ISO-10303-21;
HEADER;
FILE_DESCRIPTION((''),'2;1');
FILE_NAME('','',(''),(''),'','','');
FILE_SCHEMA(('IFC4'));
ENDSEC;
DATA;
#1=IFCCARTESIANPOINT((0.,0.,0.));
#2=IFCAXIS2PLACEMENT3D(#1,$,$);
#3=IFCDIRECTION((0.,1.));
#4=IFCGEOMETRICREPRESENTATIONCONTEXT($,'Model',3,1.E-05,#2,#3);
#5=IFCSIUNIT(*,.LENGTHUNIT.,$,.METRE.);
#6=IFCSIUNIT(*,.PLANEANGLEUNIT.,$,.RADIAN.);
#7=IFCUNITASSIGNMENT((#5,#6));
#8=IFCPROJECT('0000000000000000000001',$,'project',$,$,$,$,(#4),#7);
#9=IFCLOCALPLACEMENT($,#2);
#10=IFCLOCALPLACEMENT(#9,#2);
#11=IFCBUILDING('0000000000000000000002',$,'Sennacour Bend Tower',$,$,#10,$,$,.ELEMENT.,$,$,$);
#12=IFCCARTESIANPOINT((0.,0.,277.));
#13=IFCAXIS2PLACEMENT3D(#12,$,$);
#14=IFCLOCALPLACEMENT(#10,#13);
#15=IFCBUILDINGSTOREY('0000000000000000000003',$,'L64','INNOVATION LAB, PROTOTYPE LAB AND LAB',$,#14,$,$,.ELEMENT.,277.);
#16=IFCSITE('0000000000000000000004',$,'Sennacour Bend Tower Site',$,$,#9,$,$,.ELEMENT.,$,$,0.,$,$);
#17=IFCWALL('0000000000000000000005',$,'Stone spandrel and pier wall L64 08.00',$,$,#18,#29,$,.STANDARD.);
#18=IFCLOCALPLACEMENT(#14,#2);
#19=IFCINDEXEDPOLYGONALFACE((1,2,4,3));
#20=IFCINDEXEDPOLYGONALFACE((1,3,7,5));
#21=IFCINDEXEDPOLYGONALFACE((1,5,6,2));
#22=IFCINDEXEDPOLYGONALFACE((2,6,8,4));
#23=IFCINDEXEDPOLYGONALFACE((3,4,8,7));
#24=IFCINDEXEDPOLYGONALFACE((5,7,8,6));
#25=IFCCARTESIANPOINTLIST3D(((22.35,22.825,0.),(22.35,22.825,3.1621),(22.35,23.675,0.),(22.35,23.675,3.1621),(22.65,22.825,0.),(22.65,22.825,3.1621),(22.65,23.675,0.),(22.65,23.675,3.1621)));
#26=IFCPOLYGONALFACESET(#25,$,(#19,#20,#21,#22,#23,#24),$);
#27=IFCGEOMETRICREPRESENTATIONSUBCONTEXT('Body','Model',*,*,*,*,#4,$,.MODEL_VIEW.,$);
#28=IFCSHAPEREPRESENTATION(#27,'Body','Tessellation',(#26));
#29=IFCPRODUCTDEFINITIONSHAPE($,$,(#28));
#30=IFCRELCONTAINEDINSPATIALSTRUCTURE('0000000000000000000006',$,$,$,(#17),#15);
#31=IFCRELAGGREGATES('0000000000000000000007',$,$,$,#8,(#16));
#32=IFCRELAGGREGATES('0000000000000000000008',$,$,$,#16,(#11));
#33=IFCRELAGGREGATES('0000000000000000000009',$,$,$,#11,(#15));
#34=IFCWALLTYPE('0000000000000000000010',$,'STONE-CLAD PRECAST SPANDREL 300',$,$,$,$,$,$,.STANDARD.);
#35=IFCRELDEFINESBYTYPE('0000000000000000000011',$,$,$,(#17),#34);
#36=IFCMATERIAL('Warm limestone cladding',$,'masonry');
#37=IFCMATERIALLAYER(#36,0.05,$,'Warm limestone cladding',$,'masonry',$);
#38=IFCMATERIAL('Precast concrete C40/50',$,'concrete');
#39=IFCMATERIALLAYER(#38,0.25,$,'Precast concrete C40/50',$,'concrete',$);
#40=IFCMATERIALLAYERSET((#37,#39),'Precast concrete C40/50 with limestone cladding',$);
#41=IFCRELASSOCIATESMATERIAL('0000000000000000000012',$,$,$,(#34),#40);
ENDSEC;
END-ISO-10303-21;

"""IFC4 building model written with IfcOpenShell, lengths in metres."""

from ifc_helpers import new_model, si_unit, direction, frame, frame_2d, origin, place, context, subcontext, project, spatial, rectangle, extrude, material, layer, layer_set, type_object, element, save


model = new_model("IFC4")

# Units and contexts
model_context = context("Model", 3, precision=1e-05, world=origin(), true_north=direction((0.0, 1.0)))
body_context = subcontext(model_context, "Body", "Model", "MODEL_VIEW")
ifc_project = project(units=[si_unit("LENGTHUNIT", "METRE"), si_unit("PLANEANGLEUNIT", "RADIAN")], contexts=[model_context])

# Site, building, storey
site_placement = place(None, origin())
site = spatial("IfcSite", under=ifc_project, at=site_placement, Name="Sennacour Bend Tower Site", CompositionType="ELEMENT", RefElevation=0.0)
building_placement = place(site_placement, origin())
building = spatial("IfcBuilding", under=site, at=building_placement, Name="Sennacour Bend Tower", CompositionType="ELEMENT")
storey_placement = place(building_placement, frame((0.0, 0.0, 277.0)))
storey = spatial("IfcBuildingStorey", under=building, at=storey_placement, Name="L64", Description="INNOVATION LAB, PROTOTYPE LAB AND LAB", CompositionType="ELEMENT", Elevation=277.0)

# Shared definitions
ifc_material_1 = material(Name="Warm limestone cladding", Category="masonry")
ifc_layer_1 = layer(ifc_material_1, 0.05, Name="Warm limestone cladding", Category="masonry")
ifc_material_2 = material(Name="Precast concrete C40/50", Category="concrete")
ifc_layer_2 = layer(ifc_material_2, 0.25, Name="Precast concrete C40/50", Category="concrete")
ifc_layer_set_1 = layer_set([ifc_layer_1, ifc_layer_2], Name="Precast concrete C40/50 with limestone cladding")
wall_type_1 = type_object("IfcWallType", Name="STONE-CLAD PRECAST SPANDREL 300", PredefinedType="STANDARD", material=ifc_layer_set_1)

# Wall
wall_1_placement = place(storey_placement, frame((22.5, 23.675, 0.0), z_axis=(0.0, 0.0, 1.0), x_axis=(0.0, -1.0, 0.0)))
element("IfcWall", 1, at=wall_1_placement, inside=storey, type_object=wall_type_1, Name="Stone spandrel and pier wall L64 08.00", PredefinedType="STANDARD", context=body_context, shape_type="SweptSolid", body=[
    extrude(rectangle(XDim=0.8501, YDim=0.3, at=frame_2d((0.425, 0.0))), origin(), (0.0, 0.0, 1.0), 3.1621),
])

save(model, "model.ifc")
